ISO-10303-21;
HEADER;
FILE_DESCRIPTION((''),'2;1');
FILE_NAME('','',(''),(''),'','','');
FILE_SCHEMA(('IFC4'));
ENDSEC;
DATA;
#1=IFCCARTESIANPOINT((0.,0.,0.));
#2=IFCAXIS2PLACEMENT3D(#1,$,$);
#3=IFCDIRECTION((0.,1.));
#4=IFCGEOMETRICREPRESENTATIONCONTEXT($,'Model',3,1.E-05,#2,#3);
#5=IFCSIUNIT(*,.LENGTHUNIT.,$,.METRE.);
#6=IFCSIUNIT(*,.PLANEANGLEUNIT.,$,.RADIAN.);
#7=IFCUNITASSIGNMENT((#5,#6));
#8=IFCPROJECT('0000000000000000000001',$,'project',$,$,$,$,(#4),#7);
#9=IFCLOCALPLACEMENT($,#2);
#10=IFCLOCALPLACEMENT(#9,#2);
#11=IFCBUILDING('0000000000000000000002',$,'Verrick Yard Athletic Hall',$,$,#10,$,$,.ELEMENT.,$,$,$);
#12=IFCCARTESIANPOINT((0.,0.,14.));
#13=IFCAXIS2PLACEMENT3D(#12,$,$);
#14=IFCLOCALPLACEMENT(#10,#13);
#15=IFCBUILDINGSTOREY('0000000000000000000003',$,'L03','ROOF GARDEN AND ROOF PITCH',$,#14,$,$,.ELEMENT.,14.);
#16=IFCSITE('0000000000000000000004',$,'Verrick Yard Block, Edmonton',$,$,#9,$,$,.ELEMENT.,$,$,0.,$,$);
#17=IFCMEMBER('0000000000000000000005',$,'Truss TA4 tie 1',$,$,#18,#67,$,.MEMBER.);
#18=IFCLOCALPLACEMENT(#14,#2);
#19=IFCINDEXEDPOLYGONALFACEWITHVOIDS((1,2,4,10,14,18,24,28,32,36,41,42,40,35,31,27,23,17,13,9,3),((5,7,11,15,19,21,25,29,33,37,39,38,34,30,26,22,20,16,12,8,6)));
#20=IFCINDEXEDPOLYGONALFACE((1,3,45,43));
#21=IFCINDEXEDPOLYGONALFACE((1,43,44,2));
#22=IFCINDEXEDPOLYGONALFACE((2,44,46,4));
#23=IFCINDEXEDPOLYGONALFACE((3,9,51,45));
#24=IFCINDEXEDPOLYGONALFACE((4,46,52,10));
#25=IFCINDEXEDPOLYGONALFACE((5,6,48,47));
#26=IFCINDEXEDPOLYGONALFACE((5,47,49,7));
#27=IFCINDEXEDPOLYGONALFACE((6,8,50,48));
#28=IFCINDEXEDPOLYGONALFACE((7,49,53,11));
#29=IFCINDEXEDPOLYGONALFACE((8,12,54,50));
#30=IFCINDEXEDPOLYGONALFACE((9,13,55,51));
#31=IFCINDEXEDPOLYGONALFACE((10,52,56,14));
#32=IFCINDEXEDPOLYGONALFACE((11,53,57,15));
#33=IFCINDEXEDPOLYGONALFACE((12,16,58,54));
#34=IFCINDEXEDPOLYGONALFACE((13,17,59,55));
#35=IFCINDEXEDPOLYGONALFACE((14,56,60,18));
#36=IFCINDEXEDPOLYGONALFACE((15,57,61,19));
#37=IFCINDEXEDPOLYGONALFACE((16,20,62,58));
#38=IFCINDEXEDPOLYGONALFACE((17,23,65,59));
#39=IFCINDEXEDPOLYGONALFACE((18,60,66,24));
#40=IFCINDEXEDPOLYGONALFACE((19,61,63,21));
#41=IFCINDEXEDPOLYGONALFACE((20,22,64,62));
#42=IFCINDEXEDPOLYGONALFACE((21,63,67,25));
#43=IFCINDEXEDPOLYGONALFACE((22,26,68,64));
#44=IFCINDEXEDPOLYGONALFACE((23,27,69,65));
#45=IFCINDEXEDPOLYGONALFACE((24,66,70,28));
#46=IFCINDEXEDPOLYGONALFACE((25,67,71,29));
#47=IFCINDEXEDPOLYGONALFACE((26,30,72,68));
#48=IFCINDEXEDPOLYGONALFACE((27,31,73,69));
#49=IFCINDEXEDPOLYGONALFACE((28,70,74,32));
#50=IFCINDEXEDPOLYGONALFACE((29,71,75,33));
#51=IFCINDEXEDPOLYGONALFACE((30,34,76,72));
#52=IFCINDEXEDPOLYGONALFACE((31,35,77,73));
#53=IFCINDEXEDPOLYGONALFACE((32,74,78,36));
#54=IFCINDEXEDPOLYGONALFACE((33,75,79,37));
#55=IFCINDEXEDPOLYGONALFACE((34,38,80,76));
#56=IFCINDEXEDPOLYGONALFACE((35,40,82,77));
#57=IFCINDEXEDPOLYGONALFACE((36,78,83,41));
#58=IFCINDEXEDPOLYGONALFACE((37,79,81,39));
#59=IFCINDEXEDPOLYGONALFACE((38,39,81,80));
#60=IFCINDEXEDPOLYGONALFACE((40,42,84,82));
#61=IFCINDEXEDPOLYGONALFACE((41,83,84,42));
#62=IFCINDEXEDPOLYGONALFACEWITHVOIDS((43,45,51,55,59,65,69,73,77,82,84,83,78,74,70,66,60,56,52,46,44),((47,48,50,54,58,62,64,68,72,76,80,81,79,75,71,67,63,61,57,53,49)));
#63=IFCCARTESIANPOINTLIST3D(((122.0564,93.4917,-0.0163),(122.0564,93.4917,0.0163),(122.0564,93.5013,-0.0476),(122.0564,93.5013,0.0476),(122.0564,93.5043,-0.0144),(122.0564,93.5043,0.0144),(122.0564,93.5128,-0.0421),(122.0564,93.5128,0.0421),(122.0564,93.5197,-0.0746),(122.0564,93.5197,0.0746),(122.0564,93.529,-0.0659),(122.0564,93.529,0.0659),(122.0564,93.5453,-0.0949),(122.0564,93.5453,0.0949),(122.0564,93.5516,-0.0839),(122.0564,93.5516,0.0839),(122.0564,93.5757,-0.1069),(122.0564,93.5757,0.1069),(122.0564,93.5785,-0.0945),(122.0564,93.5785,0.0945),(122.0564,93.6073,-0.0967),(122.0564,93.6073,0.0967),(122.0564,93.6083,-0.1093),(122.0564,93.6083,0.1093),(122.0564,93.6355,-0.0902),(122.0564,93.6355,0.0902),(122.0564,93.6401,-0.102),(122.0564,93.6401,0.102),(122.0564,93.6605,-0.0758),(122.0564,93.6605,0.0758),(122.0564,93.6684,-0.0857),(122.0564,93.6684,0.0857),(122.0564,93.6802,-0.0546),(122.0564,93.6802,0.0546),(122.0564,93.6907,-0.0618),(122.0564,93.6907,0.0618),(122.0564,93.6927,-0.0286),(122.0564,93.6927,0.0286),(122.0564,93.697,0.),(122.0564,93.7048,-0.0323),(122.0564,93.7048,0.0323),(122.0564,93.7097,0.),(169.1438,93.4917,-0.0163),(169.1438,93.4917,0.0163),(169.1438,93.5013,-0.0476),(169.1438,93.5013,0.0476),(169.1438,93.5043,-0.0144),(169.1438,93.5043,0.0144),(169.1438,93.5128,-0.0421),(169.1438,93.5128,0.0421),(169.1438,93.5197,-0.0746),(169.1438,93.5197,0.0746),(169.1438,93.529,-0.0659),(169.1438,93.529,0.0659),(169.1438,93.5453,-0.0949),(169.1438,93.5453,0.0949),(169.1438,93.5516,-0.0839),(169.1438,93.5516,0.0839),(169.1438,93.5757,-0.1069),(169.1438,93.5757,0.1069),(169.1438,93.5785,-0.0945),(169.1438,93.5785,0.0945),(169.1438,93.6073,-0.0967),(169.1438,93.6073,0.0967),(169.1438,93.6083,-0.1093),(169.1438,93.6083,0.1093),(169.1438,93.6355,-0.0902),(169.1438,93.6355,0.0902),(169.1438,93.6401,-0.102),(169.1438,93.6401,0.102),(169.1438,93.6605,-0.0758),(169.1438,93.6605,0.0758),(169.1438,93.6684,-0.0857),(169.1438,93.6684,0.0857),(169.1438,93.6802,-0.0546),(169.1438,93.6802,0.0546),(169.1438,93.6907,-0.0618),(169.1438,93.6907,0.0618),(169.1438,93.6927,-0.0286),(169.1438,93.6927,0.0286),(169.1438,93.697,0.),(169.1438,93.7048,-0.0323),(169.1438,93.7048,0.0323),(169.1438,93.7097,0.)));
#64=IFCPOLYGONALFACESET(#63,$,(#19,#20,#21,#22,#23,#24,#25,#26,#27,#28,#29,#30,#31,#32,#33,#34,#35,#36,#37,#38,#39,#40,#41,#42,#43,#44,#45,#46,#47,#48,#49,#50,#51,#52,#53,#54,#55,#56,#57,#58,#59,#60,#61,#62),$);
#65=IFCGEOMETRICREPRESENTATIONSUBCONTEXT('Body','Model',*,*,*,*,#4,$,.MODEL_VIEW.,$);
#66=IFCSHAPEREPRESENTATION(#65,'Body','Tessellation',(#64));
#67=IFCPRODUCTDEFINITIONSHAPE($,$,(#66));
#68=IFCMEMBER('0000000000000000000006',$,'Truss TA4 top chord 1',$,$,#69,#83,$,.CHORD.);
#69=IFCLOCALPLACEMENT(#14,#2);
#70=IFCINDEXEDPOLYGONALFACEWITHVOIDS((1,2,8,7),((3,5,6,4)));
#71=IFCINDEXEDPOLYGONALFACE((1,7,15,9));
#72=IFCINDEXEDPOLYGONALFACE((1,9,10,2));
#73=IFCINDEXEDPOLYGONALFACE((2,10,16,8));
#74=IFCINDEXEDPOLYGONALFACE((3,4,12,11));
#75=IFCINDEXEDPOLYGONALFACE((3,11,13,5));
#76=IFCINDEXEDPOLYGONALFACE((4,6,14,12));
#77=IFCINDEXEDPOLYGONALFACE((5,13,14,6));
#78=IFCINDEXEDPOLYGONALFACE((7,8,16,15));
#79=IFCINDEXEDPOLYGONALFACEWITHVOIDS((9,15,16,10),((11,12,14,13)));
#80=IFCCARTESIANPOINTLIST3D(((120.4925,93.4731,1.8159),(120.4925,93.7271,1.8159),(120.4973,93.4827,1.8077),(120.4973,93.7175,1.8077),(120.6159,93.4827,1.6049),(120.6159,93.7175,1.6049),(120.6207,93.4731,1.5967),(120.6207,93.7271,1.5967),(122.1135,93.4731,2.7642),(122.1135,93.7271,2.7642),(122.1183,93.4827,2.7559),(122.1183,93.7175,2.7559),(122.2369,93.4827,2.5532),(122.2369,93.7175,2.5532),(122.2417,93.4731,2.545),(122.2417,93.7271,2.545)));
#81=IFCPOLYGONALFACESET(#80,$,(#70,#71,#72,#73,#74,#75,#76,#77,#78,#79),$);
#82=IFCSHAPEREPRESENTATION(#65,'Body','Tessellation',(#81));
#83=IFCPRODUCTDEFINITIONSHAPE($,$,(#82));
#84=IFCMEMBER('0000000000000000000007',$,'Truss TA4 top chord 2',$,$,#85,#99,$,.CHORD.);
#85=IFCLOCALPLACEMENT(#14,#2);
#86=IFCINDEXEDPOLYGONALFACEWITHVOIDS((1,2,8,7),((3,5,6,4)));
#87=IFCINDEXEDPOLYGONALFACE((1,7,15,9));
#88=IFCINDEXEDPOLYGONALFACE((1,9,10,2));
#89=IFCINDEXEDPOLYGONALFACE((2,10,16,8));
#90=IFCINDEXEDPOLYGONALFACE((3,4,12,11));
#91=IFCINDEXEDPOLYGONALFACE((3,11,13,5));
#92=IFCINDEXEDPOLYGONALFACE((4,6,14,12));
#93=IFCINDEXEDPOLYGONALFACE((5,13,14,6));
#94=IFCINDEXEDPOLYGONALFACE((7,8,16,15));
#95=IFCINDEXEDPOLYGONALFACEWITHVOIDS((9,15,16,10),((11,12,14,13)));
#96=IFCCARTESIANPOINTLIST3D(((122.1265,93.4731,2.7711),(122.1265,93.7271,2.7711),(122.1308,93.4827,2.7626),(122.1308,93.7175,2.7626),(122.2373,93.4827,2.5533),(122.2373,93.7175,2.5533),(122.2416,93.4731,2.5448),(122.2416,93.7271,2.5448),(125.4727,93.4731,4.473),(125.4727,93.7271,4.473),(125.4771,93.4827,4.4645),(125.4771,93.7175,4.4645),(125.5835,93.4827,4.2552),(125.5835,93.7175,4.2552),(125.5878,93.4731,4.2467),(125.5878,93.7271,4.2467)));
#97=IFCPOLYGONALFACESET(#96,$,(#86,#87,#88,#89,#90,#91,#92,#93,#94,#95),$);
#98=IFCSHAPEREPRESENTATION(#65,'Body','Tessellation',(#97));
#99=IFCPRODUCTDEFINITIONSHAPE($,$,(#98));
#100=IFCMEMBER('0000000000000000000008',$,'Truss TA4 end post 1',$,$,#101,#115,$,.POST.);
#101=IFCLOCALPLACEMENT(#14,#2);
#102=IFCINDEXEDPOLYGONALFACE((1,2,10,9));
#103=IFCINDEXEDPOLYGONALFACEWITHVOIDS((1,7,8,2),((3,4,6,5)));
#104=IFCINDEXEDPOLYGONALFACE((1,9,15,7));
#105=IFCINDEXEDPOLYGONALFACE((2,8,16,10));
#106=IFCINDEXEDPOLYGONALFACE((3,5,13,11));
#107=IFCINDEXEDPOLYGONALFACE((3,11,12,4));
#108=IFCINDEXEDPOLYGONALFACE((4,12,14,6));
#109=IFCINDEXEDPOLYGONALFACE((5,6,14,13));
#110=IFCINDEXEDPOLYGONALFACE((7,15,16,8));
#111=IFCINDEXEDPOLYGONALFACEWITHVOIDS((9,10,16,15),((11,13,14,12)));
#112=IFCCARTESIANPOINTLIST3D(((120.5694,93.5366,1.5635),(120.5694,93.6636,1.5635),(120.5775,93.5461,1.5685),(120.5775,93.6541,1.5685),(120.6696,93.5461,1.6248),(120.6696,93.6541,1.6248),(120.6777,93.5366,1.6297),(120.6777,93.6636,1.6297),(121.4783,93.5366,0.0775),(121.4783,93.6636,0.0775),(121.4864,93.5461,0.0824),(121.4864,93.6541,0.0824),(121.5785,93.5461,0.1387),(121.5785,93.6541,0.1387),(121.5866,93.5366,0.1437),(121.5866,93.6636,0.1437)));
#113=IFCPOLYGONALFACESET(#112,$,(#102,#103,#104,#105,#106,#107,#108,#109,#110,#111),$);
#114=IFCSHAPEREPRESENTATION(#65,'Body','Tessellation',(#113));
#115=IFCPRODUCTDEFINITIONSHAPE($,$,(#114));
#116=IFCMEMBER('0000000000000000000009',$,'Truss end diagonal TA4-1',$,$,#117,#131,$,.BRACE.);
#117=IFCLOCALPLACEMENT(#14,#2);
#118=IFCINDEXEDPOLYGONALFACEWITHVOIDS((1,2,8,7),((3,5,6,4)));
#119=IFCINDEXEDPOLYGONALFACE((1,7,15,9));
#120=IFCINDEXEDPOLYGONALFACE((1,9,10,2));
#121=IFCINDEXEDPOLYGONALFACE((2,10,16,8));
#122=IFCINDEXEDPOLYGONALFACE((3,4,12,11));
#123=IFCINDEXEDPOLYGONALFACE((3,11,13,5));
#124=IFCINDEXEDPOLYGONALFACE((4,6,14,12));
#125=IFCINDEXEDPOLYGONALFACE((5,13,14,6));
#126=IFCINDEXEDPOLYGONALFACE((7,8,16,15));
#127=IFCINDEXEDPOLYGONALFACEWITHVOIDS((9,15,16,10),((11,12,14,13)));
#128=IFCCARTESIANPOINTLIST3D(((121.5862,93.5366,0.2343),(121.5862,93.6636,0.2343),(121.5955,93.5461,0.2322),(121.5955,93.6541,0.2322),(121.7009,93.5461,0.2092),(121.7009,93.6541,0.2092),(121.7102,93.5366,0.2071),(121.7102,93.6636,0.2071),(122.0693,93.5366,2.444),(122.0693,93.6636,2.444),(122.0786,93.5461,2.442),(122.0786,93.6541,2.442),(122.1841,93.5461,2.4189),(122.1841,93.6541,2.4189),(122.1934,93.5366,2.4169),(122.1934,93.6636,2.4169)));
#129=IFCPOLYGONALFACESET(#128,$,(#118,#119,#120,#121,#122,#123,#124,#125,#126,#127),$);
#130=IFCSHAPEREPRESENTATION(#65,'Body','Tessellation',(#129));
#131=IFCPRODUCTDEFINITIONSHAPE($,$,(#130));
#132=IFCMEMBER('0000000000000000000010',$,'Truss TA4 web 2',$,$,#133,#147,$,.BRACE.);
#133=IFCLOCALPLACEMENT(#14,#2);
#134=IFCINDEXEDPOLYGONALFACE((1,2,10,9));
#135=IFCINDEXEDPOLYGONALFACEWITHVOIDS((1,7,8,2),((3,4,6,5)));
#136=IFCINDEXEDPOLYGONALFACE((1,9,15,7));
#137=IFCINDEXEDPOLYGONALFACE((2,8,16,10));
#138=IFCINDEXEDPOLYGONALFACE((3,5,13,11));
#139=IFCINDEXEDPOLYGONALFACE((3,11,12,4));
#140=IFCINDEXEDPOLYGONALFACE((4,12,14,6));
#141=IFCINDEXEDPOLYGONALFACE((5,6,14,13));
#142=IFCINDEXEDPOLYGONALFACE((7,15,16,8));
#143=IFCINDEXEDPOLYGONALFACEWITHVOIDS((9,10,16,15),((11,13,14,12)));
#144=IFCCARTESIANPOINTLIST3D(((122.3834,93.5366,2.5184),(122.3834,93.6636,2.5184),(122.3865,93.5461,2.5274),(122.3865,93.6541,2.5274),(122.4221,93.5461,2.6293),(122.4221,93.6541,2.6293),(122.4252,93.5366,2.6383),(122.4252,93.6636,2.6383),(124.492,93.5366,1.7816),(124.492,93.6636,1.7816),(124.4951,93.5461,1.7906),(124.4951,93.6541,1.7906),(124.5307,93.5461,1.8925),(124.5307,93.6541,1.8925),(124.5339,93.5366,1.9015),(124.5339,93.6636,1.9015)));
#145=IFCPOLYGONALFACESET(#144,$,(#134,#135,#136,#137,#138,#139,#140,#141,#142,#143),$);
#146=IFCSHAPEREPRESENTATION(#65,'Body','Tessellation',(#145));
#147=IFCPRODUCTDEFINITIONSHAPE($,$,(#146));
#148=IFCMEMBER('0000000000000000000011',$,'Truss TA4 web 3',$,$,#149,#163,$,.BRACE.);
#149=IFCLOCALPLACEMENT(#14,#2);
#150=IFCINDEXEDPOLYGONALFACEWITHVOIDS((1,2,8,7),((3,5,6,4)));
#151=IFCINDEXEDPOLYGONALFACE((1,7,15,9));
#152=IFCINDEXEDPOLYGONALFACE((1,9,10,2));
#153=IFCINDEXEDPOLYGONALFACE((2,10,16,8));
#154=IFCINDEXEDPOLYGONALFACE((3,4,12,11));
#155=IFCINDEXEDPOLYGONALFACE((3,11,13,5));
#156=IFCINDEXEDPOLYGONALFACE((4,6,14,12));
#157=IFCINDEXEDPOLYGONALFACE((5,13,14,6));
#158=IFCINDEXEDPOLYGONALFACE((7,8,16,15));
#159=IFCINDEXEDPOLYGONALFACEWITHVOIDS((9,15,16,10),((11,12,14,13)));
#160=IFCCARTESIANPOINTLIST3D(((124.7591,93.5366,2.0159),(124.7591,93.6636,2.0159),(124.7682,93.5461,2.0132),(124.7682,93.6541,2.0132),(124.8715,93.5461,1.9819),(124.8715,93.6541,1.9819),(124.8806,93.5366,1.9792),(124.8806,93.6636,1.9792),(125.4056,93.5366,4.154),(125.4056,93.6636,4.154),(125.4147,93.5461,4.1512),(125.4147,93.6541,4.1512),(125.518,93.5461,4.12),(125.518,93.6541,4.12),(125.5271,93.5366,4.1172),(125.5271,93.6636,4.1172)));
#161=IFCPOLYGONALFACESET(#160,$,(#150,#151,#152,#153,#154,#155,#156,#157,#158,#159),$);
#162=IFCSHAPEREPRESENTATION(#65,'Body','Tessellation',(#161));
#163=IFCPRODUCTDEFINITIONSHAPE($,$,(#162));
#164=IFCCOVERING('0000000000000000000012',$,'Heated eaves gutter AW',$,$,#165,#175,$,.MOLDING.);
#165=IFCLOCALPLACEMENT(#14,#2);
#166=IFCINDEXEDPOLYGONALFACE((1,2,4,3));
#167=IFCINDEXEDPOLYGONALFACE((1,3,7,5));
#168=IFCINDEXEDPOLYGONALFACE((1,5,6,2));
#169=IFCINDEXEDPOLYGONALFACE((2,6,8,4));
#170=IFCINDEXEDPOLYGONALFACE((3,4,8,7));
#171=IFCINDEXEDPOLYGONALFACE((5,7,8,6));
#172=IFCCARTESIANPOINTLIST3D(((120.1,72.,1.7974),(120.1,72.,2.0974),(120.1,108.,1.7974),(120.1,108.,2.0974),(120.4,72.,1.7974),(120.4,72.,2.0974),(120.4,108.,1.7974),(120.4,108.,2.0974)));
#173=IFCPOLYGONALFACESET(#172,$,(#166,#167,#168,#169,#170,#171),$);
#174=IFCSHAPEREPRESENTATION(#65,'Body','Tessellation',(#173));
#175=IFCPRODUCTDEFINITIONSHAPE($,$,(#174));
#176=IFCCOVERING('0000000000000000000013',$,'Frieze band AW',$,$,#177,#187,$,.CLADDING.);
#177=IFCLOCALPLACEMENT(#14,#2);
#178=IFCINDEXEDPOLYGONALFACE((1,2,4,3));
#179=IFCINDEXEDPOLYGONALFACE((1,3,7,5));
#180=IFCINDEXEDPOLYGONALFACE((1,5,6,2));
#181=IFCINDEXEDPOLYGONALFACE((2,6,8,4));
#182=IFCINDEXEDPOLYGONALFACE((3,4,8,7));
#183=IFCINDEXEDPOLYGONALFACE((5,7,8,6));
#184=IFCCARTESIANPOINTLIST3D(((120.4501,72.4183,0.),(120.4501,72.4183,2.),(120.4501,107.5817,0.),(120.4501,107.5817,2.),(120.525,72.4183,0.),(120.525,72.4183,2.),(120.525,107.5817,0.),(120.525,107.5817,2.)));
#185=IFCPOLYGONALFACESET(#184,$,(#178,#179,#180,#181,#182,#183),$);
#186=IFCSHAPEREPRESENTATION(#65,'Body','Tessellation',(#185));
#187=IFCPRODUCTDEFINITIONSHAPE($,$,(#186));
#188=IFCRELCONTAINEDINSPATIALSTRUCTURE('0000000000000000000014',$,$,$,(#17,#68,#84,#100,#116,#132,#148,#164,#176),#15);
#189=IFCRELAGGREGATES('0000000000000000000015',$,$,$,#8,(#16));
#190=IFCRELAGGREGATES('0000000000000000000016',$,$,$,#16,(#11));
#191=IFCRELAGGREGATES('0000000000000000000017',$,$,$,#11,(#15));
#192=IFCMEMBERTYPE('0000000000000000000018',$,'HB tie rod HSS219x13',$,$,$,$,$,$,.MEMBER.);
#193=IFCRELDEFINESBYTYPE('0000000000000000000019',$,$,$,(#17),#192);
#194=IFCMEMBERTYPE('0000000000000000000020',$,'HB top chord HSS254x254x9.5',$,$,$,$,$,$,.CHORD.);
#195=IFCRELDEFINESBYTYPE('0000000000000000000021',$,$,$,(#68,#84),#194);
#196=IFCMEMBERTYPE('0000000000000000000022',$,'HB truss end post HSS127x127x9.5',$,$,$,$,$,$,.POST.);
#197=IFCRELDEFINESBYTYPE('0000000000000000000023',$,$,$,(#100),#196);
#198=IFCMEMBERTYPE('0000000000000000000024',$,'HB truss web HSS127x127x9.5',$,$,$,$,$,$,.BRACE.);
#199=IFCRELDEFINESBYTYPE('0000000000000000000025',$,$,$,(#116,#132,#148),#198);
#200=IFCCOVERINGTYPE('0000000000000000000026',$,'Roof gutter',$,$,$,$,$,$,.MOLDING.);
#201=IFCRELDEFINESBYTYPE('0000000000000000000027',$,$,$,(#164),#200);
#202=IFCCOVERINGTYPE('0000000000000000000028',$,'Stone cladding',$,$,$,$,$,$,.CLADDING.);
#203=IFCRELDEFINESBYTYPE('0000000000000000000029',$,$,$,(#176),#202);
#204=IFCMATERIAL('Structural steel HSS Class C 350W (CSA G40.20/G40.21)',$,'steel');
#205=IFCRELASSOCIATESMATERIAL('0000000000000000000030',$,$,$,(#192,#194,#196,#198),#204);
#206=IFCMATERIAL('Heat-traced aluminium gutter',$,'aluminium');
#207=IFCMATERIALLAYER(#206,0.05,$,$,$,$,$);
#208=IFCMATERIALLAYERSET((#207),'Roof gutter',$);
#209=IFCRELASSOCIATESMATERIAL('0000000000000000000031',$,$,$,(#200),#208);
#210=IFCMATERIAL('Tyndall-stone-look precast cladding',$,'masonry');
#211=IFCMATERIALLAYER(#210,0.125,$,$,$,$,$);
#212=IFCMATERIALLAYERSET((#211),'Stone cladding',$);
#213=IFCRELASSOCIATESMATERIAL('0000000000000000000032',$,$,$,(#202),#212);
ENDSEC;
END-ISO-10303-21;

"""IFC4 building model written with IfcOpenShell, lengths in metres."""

from ifc_helpers import new_model, si_unit, direction, frame, origin, origin_2d, place, context, subcontext, project, spatial, rectangle, hollow_rectangle, hollow_circle, extrude, material, layer, layer_set, material_profile, profile_set, type_object, element, save


model = new_model("IFC4")

# Units and contexts
model_context = context("Model", 3, precision=1e-05, world=origin(), true_north=direction((0.0, 1.0)))
body_context = subcontext(model_context, "Body", "Model", "MODEL_VIEW")
ifc_project = project(units=[si_unit("LENGTHUNIT", "METRE"), si_unit("PLANEANGLEUNIT", "RADIAN")], contexts=[model_context])

# Site, building, storey
site_placement = place(None, origin())
site = spatial("IfcSite", under=ifc_project, at=site_placement, Name="Verrick Yard Block, Edmonton", CompositionType="ELEMENT", RefElevation=0.0)
building_placement = place(site_placement, origin())
building = spatial("IfcBuilding", under=site, at=building_placement, Name="Verrick Yard Athletic Hall", CompositionType="ELEMENT")
storey_placement = place(building_placement, frame((0.0, 0.0, 14.0)))
storey = spatial("IfcBuildingStorey", under=building, at=storey_placement, Name="L03", Description="ROOF GARDEN AND ROOF PITCH", CompositionType="ELEMENT", Elevation=14.0)

# Shared definitions
ifc_material_1 = material(Name="Structural steel HSS Class C 350W (CSA G40.20/G40.21)", Category="steel")

# Members
ifc_material_profile_1 = material_profile(ifc_material_1, hollow_circle(Radius=0.1096, WallThickness=0.0127, at=origin_2d()), Name="HSS219x13")
ifc_profile_set_1 = profile_set([ifc_material_profile_1], Name="Structural steel HSS Class C 350W (CSA G40.20/G40.21)")
member_type_1 = type_object("IfcMemberType", Name="HB tie rod HSS219x13", PredefinedType="MEMBER", material=ifc_profile_set_1)
member_1_placement = place(storey_placement, frame((122.0564, 93.6001, 0.0), z_axis=(1.0, 0.0, 0.0), x_axis=(0.0, 1.0, 0.0)))
element("IfcMember", 1, at=member_1_placement, inside=storey, type_object=member_type_1, Name="Truss TA4 tie 1", PredefinedType="MEMBER", context=body_context, shape_type="SweptSolid", body=[
    extrude(hollow_circle(Radius=0.1096, WallThickness=0.0127, at=origin_2d()), origin(), (0.0, 0.0, 1.0), 47.0874),
])
ifc_material_profile_2 = material_profile(ifc_material_1, hollow_rectangle(XDim=0.2539, YDim=0.2539, WallThickness=0.0095, at=origin_2d()), Name="HSS254x254x9.5")
ifc_profile_set_2 = profile_set([ifc_material_profile_2], Name="Structural steel HSS Class C 350W (CSA G40.20/G40.21)")
member_type_2 = type_object("IfcMemberType", Name="HB top chord HSS254x254x9.5", PredefinedType="CHORD", material=ifc_profile_set_2)
member_2_placement = place(storey_placement, frame((120.5566, 93.6001, 1.7063), z_axis=(0.863142, 0.0, 0.504962), x_axis=(0.0, 1.0, 0.0)))
element("IfcMember", 2, at=member_2_placement, inside=storey, type_object=member_type_2, Name="Truss TA4 top chord 1", PredefinedType="CHORD", context=body_context, shape_type="SweptSolid", body=[
    extrude(hollow_rectangle(XDim=0.2539, YDim=0.2539, WallThickness=0.0095, at=origin_2d()), origin(), (0.0, 0.0, 1.0), 1.8779),
])
member_3_placement = place(storey_placement, frame((122.1841, 93.6001, 2.658), z_axis=(0.891337, 0.0, 0.453342), x_axis=(0.0, 1.0, 0.0)))
element("IfcMember", 3, at=member_3_placement, inside=storey, type_object=member_type_2, Name="Truss TA4 top chord 2", PredefinedType="CHORD", context=body_context, shape_type="SweptSolid", body=[
    extrude(hollow_rectangle(XDim=0.2539, YDim=0.2539, WallThickness=0.0095, at=origin_2d()), origin(), (0.0, 0.0, 1.0), 3.7542),
])
ifc_material_profile_3 = material_profile(ifc_material_1, hollow_rectangle(XDim=0.127, YDim=0.127, WallThickness=0.0095, at=origin_2d()), Name="HSS127x127x9.5")
ifc_profile_set_3 = profile_set([ifc_material_profile_3], Name="Structural steel HSS Class C 350W (CSA G40.20/G40.21)")
member_type_3 = type_object("IfcMemberType", Name="HB truss end post HSS127x127x9.5", PredefinedType="POST", material=ifc_profile_set_3)
member_4_placement = place(storey_placement, frame((121.5325, 93.6001, 0.1106), z_axis=(-0.521773, 0.0, 0.853084), x_axis=(0.0, -1.0, 0.0)))
element("IfcMember", 4, at=member_4_placement, inside=storey, type_object=member_type_3, Name="Truss TA4 end post 1", PredefinedType="POST", context=body_context, shape_type="SweptSolid", body=[
    extrude(hollow_rectangle(XDim=0.127, YDim=0.127, WallThickness=0.0095, at=origin_2d()), origin(), (0.0, 0.0, 1.0), 1.7419),
])
ifc_material_profile_4 = material_profile(ifc_material_1, hollow_rectangle(XDim=0.127, YDim=0.127, WallThickness=0.0095, at=origin_2d()), Name="HSS127x127x9.5")
ifc_profile_set_4 = profile_set([ifc_material_profile_4], Name="Structural steel HSS Class C 350W (CSA G40.20/G40.21)")
member_type_4 = type_object("IfcMemberType", Name="HB truss web HSS127x127x9.5", PredefinedType="BRACE", material=ifc_profile_set_4)
member_5_placement = place(storey_placement, frame((121.6482, 93.6001, 0.2207), z_axis=(0.213604, 0.0, 0.97692), x_axis=(0.0, 1.0, 0.0)))
element("IfcMember", 5, at=member_5_placement, inside=storey, type_object=member_type_4, Name="Truss end diagonal TA4-1", PredefinedType="BRACE", context=body_context, shape_type="SweptSolid", body=[
    extrude(hollow_rectangle(XDim=0.127, YDim=0.127, WallThickness=0.0095, at=origin_2d()), origin(), (0.0, 0.0, 1.0), 2.262),
])
for number, where, z_axis, x_axis, name in (
    (6, (122.4043, 93.6001, 2.5784), (0.944027, 0.0, -0.329868), (0.0, 1.0, 0.0), "Truss TA4 web 2"),
    (7, (124.8198, 93.6001, 1.9976), (0.289443, 0.0, 0.957195), (0.0, 1.0, 0.0), "Truss TA4 web 3"),
):
    element("IfcMember", number, at=place(storey_placement, frame(where, z_axis=z_axis, x_axis=x_axis)), inside=storey, type_object=member_type_4, Name=name, PredefinedType="BRACE", context=body_context, shape_type="SweptSolid", body=[
        extrude(hollow_rectangle(XDim=0.127, YDim=0.127, WallThickness=0.0095, at=origin_2d()), origin(), (0.0, 0.0, 1.0), 2.2336),
    ])

# Coverings
ifc_material_2 = material(Name="Heat-traced aluminium gutter", Category="aluminium")
ifc_layer_1 = layer(ifc_material_2, 0.05)
ifc_layer_set_1 = layer_set([ifc_layer_1], Name="Roof gutter")
covering_type_1 = type_object("IfcCoveringType", Name="Roof gutter", PredefinedType="MOLDING", material=ifc_layer_set_1)
covering_1_placement = place(storey_placement, frame((120.25, 90.0, 1.7974), z_axis=(0.0, 0.0, 1.0), x_axis=(1.0, 0.0, 0.0)))
element("IfcCovering", 8, at=covering_1_placement, inside=storey, type_object=covering_type_1, Name="Heated eaves gutter AW", PredefinedType="MOLDING", context=body_context, shape_type="SweptSolid", body=[
    extrude(rectangle(XDim=0.3, YDim=36.0, at=origin_2d()), origin(), (0.0, 0.0, 1.0), 0.3),
])
ifc_material_3 = material(Name="Tyndall-stone-look precast cladding", Category="masonry")
ifc_layer_2 = layer(ifc_material_3, 0.125)
ifc_layer_set_2 = layer_set([ifc_layer_2], Name="Stone cladding")
covering_type_2 = type_object("IfcCoveringType", Name="Stone cladding", PredefinedType="CLADDING", material=ifc_layer_set_2)
covering_2_placement = place(storey_placement, frame((120.4875, 90.0, 0.0), z_axis=(0.0, 0.0, 1.0), x_axis=(1.0, 0.0, 0.0)))
element("IfcCovering", 9, at=covering_2_placement, inside=storey, type_object=covering_type_2, Name="Frieze band AW", PredefinedType="CLADDING", context=body_context, shape_type="SweptSolid", body=[
    extrude(rectangle(XDim=0.075, YDim=35.1633, at=origin_2d()), origin(), (0.0, 0.0, 1.0), 2.0),
])

save(model, "model.ifc")
